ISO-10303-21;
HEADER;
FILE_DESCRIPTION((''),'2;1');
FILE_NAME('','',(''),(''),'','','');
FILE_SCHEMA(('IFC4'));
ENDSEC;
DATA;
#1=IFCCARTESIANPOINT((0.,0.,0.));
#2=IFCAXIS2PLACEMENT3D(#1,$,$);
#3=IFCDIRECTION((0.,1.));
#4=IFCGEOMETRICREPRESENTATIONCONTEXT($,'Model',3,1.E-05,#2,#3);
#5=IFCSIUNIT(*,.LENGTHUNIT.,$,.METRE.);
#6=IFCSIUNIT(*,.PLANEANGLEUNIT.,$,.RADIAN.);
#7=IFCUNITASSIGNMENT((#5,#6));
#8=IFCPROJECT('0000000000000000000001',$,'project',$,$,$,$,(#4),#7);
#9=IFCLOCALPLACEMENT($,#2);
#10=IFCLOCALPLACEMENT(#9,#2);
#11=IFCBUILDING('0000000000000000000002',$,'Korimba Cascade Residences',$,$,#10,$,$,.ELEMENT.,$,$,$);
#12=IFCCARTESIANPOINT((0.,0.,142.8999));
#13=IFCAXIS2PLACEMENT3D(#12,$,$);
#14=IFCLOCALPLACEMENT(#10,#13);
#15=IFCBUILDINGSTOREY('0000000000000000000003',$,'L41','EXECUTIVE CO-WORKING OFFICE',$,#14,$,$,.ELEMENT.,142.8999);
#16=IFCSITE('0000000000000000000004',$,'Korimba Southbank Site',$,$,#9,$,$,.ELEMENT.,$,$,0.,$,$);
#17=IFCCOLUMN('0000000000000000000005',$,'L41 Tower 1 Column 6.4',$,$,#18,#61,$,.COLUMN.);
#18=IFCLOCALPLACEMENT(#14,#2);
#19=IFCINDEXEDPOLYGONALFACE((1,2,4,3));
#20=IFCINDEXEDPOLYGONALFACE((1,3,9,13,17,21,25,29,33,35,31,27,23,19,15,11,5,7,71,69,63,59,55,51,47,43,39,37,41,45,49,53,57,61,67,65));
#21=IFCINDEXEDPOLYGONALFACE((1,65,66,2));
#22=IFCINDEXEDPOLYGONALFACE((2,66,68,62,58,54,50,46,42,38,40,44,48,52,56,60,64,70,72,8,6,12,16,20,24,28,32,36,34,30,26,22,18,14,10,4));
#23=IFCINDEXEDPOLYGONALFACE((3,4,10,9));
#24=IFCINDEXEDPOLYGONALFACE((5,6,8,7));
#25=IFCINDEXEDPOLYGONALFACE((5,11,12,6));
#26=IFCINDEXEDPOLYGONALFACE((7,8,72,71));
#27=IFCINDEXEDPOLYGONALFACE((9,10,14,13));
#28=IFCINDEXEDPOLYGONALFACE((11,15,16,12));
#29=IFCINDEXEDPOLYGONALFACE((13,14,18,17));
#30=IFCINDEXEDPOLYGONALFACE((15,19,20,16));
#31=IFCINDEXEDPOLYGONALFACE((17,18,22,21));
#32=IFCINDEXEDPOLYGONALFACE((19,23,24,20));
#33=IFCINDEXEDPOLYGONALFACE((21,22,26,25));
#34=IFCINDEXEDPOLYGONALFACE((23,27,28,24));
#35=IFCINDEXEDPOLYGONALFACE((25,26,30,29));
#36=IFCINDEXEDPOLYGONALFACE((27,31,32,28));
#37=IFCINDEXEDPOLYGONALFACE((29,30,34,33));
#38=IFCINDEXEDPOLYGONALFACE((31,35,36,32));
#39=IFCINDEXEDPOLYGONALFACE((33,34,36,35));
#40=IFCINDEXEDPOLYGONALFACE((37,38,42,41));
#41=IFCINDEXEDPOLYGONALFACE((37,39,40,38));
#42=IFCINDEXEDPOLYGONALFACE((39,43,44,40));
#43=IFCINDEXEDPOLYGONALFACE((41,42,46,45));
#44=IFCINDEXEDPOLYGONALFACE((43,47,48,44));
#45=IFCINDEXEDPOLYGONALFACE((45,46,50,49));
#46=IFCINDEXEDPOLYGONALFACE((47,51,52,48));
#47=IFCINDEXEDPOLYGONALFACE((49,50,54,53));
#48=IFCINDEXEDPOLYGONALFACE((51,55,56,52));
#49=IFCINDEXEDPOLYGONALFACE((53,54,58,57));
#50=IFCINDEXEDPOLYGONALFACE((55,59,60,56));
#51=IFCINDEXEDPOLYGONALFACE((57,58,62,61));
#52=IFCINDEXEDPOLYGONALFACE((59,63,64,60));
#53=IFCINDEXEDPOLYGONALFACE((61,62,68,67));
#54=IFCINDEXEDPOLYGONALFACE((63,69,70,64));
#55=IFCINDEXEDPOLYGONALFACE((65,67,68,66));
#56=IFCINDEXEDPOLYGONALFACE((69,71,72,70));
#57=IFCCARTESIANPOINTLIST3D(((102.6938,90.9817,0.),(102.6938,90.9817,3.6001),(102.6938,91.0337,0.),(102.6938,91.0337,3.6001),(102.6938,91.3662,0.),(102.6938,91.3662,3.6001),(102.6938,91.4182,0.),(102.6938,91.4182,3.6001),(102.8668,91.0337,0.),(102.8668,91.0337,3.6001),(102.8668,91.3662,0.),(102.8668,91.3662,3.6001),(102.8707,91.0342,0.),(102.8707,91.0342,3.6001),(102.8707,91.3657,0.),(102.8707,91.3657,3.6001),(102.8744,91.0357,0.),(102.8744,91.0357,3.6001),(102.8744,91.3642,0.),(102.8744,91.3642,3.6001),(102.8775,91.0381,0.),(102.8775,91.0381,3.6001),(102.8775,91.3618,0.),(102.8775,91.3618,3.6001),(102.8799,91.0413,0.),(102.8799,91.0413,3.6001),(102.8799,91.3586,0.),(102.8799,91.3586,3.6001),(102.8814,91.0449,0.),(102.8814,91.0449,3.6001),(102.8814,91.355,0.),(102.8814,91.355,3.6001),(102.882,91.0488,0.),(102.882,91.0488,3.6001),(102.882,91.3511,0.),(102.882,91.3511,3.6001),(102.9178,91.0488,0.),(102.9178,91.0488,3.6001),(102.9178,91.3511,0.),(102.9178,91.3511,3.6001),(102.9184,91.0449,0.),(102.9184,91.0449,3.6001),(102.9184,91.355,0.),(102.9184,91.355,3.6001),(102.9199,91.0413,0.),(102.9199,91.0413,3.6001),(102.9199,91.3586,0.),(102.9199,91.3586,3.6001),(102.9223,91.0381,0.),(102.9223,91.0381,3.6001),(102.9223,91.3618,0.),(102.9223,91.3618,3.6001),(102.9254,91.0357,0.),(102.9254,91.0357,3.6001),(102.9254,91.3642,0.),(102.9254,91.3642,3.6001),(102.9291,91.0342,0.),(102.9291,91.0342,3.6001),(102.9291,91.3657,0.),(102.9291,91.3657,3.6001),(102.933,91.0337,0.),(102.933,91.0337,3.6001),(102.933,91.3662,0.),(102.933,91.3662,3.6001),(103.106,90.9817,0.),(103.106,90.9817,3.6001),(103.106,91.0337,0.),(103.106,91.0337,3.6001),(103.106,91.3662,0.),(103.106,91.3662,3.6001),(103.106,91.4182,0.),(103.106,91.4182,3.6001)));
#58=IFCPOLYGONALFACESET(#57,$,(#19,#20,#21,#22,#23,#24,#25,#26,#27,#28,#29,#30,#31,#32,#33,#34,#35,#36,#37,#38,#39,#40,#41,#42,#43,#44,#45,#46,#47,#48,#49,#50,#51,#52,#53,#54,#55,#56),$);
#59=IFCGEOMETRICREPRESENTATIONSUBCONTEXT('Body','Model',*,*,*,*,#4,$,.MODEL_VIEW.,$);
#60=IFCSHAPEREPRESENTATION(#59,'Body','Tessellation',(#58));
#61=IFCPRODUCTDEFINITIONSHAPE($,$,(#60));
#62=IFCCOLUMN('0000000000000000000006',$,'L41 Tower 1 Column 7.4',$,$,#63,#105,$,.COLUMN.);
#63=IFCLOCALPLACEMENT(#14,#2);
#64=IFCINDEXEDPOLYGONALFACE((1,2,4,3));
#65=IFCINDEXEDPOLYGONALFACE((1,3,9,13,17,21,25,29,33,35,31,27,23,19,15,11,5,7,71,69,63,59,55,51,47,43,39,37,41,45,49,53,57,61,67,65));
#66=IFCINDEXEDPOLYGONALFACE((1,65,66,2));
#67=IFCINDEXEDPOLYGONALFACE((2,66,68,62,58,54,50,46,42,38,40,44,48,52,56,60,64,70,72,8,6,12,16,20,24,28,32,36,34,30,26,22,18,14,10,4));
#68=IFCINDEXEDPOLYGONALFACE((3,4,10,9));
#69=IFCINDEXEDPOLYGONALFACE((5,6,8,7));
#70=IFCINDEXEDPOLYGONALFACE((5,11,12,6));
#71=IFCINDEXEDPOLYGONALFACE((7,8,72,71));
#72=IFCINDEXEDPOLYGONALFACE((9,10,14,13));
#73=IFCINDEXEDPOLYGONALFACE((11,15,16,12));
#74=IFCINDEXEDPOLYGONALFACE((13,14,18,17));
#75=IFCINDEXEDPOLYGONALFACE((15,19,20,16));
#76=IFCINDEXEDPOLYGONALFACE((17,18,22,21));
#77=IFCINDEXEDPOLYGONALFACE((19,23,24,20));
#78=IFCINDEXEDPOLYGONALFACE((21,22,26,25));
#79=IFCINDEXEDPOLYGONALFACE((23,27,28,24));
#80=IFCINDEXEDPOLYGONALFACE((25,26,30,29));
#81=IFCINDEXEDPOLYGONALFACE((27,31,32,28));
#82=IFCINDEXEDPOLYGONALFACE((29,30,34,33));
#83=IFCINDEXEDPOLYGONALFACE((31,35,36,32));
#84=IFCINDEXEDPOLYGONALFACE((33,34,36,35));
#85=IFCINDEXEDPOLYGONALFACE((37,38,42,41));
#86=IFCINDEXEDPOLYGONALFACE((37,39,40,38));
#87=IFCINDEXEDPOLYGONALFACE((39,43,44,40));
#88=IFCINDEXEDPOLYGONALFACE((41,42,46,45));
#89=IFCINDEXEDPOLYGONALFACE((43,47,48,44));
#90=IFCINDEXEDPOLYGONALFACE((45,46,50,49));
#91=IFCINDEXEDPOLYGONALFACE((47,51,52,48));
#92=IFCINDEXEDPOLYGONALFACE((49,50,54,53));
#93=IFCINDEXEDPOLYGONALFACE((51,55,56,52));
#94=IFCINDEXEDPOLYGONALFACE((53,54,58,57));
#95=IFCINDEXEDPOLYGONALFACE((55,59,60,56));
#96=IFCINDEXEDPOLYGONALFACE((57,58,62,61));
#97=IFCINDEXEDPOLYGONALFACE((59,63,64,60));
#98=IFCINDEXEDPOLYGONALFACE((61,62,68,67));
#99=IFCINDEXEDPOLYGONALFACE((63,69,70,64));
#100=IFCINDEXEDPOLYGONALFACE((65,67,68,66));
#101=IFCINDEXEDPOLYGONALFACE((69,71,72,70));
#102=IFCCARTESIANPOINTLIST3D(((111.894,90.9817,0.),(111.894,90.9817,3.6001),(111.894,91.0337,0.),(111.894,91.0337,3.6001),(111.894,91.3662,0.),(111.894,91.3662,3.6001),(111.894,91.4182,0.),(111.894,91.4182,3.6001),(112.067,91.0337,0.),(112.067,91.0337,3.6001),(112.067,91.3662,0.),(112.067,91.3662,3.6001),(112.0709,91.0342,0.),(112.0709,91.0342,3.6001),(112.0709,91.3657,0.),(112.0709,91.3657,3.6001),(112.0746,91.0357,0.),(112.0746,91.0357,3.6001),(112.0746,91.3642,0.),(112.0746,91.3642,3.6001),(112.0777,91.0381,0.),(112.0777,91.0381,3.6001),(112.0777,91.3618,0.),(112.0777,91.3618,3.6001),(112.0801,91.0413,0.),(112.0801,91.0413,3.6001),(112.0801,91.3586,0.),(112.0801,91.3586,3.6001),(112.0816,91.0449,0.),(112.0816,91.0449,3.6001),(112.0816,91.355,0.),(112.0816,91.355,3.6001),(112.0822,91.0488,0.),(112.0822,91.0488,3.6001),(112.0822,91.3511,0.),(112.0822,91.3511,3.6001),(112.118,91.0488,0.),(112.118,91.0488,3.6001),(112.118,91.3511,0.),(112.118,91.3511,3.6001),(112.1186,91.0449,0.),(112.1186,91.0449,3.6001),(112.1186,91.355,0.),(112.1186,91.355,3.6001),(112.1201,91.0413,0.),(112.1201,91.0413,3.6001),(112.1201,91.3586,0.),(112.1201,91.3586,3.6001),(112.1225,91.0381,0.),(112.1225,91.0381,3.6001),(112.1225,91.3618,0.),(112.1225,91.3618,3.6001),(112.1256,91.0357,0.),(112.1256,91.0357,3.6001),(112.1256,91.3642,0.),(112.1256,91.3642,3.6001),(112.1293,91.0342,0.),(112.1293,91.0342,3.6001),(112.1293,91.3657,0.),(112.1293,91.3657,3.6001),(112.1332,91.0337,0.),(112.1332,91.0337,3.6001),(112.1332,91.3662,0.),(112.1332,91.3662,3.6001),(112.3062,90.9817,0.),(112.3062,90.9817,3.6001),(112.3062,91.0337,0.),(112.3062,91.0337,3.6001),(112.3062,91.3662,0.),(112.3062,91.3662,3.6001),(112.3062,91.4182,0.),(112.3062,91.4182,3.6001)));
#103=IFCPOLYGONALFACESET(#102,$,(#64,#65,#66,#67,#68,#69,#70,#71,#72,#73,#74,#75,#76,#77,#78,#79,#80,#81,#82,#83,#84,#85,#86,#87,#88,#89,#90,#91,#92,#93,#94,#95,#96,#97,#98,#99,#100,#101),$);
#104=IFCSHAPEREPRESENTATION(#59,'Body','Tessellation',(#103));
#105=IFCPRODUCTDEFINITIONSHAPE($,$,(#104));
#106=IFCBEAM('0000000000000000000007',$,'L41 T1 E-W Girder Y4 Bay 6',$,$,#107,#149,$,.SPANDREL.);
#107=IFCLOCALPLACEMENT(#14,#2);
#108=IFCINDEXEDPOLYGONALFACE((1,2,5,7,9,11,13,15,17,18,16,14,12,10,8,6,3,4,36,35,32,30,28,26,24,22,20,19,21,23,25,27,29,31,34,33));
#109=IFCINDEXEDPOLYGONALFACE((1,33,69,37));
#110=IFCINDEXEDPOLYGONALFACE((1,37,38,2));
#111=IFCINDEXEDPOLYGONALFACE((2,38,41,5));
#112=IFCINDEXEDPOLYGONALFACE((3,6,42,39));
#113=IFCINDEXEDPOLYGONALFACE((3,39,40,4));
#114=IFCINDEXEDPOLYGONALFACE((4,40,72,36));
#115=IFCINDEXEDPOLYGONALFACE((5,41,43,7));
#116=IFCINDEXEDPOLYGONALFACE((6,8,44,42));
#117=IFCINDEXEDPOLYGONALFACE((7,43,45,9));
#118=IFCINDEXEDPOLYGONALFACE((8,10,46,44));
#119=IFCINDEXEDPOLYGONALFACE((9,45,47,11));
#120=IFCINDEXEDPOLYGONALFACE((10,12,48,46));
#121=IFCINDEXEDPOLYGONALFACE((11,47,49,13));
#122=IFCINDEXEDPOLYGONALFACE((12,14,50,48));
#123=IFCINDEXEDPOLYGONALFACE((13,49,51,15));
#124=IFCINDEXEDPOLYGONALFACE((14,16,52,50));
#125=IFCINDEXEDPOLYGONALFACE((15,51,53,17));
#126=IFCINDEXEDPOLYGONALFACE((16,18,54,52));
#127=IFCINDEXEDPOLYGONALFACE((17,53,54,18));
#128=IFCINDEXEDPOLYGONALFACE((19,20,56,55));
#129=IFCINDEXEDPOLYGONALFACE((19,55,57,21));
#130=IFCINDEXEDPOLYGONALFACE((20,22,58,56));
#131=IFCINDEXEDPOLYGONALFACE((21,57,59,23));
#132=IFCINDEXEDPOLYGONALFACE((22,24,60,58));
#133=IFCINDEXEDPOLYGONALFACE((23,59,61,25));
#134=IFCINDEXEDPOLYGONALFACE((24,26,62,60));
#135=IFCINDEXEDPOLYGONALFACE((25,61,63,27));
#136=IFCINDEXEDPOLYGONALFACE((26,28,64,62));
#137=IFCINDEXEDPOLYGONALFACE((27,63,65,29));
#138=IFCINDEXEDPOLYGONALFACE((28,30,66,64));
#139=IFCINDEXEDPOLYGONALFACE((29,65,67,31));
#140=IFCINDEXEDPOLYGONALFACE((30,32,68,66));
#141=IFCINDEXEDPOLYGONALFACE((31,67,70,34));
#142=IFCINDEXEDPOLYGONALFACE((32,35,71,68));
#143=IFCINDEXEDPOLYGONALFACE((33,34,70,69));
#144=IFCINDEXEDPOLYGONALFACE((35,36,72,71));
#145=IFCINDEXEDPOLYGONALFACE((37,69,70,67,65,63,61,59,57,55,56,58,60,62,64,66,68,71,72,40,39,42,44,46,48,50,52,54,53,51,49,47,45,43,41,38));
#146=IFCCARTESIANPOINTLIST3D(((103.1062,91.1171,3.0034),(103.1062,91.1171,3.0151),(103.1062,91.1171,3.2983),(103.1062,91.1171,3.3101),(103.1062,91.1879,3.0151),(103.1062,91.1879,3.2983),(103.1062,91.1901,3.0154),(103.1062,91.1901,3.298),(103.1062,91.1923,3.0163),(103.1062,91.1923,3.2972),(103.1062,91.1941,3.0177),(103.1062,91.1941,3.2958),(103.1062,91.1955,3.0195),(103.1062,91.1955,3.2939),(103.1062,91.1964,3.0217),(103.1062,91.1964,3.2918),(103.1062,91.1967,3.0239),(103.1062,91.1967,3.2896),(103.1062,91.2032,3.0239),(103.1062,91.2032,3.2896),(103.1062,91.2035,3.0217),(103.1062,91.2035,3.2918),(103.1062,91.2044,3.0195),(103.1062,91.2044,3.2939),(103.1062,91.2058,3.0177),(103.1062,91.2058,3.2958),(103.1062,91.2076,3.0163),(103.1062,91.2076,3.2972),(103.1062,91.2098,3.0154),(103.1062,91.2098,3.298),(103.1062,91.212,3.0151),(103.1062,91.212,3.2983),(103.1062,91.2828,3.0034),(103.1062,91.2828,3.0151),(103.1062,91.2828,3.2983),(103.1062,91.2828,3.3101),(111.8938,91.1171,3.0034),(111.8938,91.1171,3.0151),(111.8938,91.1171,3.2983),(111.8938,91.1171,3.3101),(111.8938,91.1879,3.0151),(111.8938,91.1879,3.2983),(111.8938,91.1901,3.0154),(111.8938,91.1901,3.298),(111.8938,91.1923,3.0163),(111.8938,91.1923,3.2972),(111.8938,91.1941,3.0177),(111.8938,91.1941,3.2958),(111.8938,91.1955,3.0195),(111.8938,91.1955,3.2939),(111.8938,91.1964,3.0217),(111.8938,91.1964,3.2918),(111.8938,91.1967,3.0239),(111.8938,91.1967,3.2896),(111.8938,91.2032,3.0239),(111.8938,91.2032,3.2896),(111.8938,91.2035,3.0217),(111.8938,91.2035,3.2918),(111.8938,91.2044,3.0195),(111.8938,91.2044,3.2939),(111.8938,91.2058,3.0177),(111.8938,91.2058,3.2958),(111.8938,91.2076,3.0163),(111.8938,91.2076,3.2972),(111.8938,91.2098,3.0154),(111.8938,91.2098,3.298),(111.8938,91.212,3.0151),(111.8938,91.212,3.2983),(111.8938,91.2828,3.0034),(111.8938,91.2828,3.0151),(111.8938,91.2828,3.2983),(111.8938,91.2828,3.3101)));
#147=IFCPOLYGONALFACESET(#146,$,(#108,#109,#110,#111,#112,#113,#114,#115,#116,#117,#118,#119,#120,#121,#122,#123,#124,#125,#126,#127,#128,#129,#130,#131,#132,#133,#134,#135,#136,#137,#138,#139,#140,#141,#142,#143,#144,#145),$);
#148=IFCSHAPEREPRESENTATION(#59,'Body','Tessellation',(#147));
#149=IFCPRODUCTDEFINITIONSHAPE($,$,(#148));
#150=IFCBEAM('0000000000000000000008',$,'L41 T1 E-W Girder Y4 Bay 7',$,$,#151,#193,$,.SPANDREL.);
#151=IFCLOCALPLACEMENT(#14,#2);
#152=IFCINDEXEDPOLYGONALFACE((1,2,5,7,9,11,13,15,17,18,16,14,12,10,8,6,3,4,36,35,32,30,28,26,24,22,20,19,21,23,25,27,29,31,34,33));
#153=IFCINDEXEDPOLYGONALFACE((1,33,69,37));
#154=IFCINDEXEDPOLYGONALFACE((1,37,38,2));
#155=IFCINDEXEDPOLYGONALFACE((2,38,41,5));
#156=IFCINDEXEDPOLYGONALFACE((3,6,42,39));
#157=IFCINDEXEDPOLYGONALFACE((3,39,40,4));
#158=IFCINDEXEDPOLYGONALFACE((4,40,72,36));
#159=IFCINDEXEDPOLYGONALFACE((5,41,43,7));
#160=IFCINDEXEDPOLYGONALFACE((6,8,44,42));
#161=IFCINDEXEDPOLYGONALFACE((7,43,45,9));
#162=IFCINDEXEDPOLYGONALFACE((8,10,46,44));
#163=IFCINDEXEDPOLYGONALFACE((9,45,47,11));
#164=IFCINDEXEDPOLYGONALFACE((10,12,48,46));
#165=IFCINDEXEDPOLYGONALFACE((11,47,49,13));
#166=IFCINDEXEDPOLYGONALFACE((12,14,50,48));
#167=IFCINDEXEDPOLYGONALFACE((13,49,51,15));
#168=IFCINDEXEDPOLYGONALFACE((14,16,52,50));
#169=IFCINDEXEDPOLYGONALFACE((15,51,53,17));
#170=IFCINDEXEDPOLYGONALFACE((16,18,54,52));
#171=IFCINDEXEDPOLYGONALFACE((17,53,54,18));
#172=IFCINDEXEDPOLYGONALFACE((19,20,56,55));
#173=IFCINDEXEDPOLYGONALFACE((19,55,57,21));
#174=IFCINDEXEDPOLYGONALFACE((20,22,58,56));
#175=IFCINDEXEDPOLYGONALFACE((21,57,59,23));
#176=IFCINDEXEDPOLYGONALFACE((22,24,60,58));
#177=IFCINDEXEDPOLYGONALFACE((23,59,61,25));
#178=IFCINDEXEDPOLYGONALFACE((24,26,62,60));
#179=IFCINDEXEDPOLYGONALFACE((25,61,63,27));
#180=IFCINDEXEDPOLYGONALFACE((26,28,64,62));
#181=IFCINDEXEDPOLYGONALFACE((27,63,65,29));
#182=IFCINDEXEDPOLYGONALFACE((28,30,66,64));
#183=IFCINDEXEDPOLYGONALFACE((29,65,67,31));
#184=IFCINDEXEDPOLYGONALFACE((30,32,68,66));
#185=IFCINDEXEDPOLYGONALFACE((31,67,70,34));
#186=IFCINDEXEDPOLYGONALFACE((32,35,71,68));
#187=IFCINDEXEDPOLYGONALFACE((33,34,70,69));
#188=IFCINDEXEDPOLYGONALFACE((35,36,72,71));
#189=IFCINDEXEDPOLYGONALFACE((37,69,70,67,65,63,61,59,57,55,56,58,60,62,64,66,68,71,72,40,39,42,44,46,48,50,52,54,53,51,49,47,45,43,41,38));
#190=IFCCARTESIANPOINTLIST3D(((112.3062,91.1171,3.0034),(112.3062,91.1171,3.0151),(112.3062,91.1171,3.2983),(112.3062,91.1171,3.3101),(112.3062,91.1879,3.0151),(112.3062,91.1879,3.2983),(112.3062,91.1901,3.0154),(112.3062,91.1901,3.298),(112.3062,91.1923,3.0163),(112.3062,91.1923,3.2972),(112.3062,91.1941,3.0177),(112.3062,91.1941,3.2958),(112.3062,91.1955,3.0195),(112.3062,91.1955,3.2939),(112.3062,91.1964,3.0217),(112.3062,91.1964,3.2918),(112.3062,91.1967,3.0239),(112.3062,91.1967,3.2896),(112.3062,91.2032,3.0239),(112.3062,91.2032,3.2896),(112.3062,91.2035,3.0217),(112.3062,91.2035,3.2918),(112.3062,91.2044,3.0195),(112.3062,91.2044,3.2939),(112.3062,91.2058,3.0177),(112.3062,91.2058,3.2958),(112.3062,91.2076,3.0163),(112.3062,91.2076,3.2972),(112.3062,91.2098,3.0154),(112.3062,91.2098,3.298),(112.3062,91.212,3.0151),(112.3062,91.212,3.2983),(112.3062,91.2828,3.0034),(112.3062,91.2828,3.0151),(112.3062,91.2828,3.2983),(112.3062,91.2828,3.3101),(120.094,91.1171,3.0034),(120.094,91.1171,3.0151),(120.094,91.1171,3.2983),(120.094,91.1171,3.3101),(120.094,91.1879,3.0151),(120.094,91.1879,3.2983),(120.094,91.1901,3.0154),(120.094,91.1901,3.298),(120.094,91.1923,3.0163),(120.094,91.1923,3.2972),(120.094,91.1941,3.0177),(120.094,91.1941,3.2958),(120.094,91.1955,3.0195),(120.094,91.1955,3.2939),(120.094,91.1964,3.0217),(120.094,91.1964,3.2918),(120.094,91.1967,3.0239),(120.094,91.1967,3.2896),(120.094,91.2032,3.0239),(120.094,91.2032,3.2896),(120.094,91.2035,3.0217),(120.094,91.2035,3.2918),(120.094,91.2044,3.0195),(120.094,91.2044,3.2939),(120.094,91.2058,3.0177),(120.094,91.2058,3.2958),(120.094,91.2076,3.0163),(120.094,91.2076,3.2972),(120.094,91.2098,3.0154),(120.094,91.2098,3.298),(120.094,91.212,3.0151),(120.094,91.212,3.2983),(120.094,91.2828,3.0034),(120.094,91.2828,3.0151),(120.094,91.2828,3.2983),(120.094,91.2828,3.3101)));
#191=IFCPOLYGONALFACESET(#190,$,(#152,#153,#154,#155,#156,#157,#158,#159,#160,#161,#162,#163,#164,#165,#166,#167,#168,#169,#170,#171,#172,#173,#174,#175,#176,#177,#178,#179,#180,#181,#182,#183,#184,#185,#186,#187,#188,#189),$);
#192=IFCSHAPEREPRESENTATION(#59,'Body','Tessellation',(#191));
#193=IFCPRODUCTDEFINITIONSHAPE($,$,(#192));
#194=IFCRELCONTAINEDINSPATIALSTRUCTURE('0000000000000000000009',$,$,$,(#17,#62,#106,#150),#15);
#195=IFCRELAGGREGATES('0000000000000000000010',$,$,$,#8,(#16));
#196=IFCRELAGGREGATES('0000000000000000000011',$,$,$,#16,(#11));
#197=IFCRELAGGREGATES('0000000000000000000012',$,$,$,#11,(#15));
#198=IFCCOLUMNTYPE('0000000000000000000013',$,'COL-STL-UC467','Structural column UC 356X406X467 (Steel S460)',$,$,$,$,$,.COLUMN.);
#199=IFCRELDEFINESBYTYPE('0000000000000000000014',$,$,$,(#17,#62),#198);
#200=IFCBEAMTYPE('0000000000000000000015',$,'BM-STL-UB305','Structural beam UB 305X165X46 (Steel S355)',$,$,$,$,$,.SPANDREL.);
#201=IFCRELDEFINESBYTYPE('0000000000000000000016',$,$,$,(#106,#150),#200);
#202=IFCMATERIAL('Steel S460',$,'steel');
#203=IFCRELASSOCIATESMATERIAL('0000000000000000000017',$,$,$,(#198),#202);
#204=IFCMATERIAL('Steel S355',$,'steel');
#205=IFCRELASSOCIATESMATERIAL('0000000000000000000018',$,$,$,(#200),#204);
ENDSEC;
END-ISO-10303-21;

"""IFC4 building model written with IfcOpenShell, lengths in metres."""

from ifc_helpers import new_model, si_unit, direction, frame, origin, origin_2d, place, context, subcontext, project, spatial, i_section, extrude, material, material_profile, profile_set, type_object, element, save


model = new_model("IFC4")

# Units and contexts
model_context = context("Model", 3, precision=1e-05, world=origin(), true_north=direction((0.0, 1.0)))
body_context = subcontext(model_context, "Body", "Model", "MODEL_VIEW")
ifc_project = project(units=[si_unit("LENGTHUNIT", "METRE"), si_unit("PLANEANGLEUNIT", "RADIAN")], contexts=[model_context])

# Site, building, storey
site_placement = place(None, origin())
site = spatial("IfcSite", under=ifc_project, at=site_placement, Name="Korimba Southbank Site", CompositionType="ELEMENT", RefElevation=0.0)
building_placement = place(site_placement, origin())
building = spatial("IfcBuilding", under=site, at=building_placement, Name="Korimba Cascade Residences", CompositionType="ELEMENT")
storey_placement = place(building_placement, frame((0.0, 0.0, 142.8999)))
storey = spatial("IfcBuildingStorey", under=building, at=storey_placement, Name="L41", Description="EXECUTIVE CO-WORKING OFFICE", CompositionType="ELEMENT", Elevation=142.8999)

# Columns
ifc_material_1 = material(Name="Steel S460", Category="steel")
ifc_material_profile_1 = material_profile(ifc_material_1, i_section(OverallWidth=0.4121, OverallDepth=0.4365, WebThickness=0.0359, FlangeThickness=0.052, FilletRadius=0.0151, at=origin_2d()), Name="Steel S460")
ifc_profile_set_1 = profile_set([ifc_material_profile_1], Name="Steel S460")
column_type = type_object("IfcColumnType", Name="COL-STL-UC467", Description="Structural column UC 356X406X467 (Steel S460)", PredefinedType="COLUMN", material=ifc_profile_set_1)
for number, where, z_axis, x_axis, name in (
    (1, (102.8999, 91.2, 0.0), (0.0, 0.0, 1.0), (1.0, 0.0, 0.0), "L41 Tower 1 Column 6.4"),
    (2, (112.1001, 91.2, 0.0), (0.0, 0.0, 1.0), (1.0, 0.0, 0.0), "L41 Tower 1 Column 7.4"),
):
    element("IfcColumn", number, at=place(storey_placement, frame(where, z_axis=z_axis, x_axis=x_axis)), inside=storey, type_object=column_type, Name=name, PredefinedType="COLUMN", context=body_context, shape_type="SweptSolid", body=[
        extrude(i_section(OverallWidth=0.4121, OverallDepth=0.4365, WebThickness=0.0359, FlangeThickness=0.052, FilletRadius=0.0151, at=origin_2d()), origin(), (0.0, 0.0, 1.0), 3.6001),
    ])

# Beams
ifc_material_2 = material(Name="Steel S355", Category="steel")
ifc_material_profile_2 = material_profile(ifc_material_2, i_section(OverallWidth=0.1658, OverallDepth=0.3066, WebThickness=0.0066, FlangeThickness=0.0117, FilletRadius=0.0088, at=origin_2d()), Name="Steel S355")
ifc_profile_set_2 = profile_set([ifc_material_profile_2], Name="Steel S355")
beam_type_1 = type_object("IfcBeamType", Name="BM-STL-UB305", Description="Structural beam UB 305X165X46 (Steel S355)", PredefinedType="SPANDREL", material=ifc_profile_set_2)
beam_1_placement = place(storey_placement, frame((103.1062, 91.2, 3.1567), z_axis=(1.0, 0.0, 0.0), x_axis=(0.0, 1.0, 0.0)))
element("IfcBeam", 3, at=beam_1_placement, inside=storey, type_object=beam_type_1, Name="L41 T1 E-W Girder Y4 Bay 6", PredefinedType="SPANDREL", context=body_context, shape_type="SweptSolid", body=[
    extrude(i_section(OverallWidth=0.1658, OverallDepth=0.3066, WebThickness=0.0066, FlangeThickness=0.0117, FilletRadius=0.0088, at=origin_2d()), origin(), (0.0, 0.0, 1.0), 8.7876),
])
beam_2_placement = place(storey_placement, frame((112.3062, 91.2, 3.1567), z_axis=(1.0, 0.0, 0.0), x_axis=(0.0, 1.0, 0.0)))
element("IfcBeam", 4, at=beam_2_placement, inside=storey, type_object=beam_type_1, Name="L41 T1 E-W Girder Y4 Bay 7", PredefinedType="SPANDREL", context=body_context, shape_type="SweptSolid", body=[
    extrude(i_section(OverallWidth=0.1658, OverallDepth=0.3066, WebThickness=0.0066, FlangeThickness=0.0117, FilletRadius=0.0088, at=origin_2d()), origin(), (0.0, 0.0, 1.0), 7.7878),
])

save(model, "model.ifc")
